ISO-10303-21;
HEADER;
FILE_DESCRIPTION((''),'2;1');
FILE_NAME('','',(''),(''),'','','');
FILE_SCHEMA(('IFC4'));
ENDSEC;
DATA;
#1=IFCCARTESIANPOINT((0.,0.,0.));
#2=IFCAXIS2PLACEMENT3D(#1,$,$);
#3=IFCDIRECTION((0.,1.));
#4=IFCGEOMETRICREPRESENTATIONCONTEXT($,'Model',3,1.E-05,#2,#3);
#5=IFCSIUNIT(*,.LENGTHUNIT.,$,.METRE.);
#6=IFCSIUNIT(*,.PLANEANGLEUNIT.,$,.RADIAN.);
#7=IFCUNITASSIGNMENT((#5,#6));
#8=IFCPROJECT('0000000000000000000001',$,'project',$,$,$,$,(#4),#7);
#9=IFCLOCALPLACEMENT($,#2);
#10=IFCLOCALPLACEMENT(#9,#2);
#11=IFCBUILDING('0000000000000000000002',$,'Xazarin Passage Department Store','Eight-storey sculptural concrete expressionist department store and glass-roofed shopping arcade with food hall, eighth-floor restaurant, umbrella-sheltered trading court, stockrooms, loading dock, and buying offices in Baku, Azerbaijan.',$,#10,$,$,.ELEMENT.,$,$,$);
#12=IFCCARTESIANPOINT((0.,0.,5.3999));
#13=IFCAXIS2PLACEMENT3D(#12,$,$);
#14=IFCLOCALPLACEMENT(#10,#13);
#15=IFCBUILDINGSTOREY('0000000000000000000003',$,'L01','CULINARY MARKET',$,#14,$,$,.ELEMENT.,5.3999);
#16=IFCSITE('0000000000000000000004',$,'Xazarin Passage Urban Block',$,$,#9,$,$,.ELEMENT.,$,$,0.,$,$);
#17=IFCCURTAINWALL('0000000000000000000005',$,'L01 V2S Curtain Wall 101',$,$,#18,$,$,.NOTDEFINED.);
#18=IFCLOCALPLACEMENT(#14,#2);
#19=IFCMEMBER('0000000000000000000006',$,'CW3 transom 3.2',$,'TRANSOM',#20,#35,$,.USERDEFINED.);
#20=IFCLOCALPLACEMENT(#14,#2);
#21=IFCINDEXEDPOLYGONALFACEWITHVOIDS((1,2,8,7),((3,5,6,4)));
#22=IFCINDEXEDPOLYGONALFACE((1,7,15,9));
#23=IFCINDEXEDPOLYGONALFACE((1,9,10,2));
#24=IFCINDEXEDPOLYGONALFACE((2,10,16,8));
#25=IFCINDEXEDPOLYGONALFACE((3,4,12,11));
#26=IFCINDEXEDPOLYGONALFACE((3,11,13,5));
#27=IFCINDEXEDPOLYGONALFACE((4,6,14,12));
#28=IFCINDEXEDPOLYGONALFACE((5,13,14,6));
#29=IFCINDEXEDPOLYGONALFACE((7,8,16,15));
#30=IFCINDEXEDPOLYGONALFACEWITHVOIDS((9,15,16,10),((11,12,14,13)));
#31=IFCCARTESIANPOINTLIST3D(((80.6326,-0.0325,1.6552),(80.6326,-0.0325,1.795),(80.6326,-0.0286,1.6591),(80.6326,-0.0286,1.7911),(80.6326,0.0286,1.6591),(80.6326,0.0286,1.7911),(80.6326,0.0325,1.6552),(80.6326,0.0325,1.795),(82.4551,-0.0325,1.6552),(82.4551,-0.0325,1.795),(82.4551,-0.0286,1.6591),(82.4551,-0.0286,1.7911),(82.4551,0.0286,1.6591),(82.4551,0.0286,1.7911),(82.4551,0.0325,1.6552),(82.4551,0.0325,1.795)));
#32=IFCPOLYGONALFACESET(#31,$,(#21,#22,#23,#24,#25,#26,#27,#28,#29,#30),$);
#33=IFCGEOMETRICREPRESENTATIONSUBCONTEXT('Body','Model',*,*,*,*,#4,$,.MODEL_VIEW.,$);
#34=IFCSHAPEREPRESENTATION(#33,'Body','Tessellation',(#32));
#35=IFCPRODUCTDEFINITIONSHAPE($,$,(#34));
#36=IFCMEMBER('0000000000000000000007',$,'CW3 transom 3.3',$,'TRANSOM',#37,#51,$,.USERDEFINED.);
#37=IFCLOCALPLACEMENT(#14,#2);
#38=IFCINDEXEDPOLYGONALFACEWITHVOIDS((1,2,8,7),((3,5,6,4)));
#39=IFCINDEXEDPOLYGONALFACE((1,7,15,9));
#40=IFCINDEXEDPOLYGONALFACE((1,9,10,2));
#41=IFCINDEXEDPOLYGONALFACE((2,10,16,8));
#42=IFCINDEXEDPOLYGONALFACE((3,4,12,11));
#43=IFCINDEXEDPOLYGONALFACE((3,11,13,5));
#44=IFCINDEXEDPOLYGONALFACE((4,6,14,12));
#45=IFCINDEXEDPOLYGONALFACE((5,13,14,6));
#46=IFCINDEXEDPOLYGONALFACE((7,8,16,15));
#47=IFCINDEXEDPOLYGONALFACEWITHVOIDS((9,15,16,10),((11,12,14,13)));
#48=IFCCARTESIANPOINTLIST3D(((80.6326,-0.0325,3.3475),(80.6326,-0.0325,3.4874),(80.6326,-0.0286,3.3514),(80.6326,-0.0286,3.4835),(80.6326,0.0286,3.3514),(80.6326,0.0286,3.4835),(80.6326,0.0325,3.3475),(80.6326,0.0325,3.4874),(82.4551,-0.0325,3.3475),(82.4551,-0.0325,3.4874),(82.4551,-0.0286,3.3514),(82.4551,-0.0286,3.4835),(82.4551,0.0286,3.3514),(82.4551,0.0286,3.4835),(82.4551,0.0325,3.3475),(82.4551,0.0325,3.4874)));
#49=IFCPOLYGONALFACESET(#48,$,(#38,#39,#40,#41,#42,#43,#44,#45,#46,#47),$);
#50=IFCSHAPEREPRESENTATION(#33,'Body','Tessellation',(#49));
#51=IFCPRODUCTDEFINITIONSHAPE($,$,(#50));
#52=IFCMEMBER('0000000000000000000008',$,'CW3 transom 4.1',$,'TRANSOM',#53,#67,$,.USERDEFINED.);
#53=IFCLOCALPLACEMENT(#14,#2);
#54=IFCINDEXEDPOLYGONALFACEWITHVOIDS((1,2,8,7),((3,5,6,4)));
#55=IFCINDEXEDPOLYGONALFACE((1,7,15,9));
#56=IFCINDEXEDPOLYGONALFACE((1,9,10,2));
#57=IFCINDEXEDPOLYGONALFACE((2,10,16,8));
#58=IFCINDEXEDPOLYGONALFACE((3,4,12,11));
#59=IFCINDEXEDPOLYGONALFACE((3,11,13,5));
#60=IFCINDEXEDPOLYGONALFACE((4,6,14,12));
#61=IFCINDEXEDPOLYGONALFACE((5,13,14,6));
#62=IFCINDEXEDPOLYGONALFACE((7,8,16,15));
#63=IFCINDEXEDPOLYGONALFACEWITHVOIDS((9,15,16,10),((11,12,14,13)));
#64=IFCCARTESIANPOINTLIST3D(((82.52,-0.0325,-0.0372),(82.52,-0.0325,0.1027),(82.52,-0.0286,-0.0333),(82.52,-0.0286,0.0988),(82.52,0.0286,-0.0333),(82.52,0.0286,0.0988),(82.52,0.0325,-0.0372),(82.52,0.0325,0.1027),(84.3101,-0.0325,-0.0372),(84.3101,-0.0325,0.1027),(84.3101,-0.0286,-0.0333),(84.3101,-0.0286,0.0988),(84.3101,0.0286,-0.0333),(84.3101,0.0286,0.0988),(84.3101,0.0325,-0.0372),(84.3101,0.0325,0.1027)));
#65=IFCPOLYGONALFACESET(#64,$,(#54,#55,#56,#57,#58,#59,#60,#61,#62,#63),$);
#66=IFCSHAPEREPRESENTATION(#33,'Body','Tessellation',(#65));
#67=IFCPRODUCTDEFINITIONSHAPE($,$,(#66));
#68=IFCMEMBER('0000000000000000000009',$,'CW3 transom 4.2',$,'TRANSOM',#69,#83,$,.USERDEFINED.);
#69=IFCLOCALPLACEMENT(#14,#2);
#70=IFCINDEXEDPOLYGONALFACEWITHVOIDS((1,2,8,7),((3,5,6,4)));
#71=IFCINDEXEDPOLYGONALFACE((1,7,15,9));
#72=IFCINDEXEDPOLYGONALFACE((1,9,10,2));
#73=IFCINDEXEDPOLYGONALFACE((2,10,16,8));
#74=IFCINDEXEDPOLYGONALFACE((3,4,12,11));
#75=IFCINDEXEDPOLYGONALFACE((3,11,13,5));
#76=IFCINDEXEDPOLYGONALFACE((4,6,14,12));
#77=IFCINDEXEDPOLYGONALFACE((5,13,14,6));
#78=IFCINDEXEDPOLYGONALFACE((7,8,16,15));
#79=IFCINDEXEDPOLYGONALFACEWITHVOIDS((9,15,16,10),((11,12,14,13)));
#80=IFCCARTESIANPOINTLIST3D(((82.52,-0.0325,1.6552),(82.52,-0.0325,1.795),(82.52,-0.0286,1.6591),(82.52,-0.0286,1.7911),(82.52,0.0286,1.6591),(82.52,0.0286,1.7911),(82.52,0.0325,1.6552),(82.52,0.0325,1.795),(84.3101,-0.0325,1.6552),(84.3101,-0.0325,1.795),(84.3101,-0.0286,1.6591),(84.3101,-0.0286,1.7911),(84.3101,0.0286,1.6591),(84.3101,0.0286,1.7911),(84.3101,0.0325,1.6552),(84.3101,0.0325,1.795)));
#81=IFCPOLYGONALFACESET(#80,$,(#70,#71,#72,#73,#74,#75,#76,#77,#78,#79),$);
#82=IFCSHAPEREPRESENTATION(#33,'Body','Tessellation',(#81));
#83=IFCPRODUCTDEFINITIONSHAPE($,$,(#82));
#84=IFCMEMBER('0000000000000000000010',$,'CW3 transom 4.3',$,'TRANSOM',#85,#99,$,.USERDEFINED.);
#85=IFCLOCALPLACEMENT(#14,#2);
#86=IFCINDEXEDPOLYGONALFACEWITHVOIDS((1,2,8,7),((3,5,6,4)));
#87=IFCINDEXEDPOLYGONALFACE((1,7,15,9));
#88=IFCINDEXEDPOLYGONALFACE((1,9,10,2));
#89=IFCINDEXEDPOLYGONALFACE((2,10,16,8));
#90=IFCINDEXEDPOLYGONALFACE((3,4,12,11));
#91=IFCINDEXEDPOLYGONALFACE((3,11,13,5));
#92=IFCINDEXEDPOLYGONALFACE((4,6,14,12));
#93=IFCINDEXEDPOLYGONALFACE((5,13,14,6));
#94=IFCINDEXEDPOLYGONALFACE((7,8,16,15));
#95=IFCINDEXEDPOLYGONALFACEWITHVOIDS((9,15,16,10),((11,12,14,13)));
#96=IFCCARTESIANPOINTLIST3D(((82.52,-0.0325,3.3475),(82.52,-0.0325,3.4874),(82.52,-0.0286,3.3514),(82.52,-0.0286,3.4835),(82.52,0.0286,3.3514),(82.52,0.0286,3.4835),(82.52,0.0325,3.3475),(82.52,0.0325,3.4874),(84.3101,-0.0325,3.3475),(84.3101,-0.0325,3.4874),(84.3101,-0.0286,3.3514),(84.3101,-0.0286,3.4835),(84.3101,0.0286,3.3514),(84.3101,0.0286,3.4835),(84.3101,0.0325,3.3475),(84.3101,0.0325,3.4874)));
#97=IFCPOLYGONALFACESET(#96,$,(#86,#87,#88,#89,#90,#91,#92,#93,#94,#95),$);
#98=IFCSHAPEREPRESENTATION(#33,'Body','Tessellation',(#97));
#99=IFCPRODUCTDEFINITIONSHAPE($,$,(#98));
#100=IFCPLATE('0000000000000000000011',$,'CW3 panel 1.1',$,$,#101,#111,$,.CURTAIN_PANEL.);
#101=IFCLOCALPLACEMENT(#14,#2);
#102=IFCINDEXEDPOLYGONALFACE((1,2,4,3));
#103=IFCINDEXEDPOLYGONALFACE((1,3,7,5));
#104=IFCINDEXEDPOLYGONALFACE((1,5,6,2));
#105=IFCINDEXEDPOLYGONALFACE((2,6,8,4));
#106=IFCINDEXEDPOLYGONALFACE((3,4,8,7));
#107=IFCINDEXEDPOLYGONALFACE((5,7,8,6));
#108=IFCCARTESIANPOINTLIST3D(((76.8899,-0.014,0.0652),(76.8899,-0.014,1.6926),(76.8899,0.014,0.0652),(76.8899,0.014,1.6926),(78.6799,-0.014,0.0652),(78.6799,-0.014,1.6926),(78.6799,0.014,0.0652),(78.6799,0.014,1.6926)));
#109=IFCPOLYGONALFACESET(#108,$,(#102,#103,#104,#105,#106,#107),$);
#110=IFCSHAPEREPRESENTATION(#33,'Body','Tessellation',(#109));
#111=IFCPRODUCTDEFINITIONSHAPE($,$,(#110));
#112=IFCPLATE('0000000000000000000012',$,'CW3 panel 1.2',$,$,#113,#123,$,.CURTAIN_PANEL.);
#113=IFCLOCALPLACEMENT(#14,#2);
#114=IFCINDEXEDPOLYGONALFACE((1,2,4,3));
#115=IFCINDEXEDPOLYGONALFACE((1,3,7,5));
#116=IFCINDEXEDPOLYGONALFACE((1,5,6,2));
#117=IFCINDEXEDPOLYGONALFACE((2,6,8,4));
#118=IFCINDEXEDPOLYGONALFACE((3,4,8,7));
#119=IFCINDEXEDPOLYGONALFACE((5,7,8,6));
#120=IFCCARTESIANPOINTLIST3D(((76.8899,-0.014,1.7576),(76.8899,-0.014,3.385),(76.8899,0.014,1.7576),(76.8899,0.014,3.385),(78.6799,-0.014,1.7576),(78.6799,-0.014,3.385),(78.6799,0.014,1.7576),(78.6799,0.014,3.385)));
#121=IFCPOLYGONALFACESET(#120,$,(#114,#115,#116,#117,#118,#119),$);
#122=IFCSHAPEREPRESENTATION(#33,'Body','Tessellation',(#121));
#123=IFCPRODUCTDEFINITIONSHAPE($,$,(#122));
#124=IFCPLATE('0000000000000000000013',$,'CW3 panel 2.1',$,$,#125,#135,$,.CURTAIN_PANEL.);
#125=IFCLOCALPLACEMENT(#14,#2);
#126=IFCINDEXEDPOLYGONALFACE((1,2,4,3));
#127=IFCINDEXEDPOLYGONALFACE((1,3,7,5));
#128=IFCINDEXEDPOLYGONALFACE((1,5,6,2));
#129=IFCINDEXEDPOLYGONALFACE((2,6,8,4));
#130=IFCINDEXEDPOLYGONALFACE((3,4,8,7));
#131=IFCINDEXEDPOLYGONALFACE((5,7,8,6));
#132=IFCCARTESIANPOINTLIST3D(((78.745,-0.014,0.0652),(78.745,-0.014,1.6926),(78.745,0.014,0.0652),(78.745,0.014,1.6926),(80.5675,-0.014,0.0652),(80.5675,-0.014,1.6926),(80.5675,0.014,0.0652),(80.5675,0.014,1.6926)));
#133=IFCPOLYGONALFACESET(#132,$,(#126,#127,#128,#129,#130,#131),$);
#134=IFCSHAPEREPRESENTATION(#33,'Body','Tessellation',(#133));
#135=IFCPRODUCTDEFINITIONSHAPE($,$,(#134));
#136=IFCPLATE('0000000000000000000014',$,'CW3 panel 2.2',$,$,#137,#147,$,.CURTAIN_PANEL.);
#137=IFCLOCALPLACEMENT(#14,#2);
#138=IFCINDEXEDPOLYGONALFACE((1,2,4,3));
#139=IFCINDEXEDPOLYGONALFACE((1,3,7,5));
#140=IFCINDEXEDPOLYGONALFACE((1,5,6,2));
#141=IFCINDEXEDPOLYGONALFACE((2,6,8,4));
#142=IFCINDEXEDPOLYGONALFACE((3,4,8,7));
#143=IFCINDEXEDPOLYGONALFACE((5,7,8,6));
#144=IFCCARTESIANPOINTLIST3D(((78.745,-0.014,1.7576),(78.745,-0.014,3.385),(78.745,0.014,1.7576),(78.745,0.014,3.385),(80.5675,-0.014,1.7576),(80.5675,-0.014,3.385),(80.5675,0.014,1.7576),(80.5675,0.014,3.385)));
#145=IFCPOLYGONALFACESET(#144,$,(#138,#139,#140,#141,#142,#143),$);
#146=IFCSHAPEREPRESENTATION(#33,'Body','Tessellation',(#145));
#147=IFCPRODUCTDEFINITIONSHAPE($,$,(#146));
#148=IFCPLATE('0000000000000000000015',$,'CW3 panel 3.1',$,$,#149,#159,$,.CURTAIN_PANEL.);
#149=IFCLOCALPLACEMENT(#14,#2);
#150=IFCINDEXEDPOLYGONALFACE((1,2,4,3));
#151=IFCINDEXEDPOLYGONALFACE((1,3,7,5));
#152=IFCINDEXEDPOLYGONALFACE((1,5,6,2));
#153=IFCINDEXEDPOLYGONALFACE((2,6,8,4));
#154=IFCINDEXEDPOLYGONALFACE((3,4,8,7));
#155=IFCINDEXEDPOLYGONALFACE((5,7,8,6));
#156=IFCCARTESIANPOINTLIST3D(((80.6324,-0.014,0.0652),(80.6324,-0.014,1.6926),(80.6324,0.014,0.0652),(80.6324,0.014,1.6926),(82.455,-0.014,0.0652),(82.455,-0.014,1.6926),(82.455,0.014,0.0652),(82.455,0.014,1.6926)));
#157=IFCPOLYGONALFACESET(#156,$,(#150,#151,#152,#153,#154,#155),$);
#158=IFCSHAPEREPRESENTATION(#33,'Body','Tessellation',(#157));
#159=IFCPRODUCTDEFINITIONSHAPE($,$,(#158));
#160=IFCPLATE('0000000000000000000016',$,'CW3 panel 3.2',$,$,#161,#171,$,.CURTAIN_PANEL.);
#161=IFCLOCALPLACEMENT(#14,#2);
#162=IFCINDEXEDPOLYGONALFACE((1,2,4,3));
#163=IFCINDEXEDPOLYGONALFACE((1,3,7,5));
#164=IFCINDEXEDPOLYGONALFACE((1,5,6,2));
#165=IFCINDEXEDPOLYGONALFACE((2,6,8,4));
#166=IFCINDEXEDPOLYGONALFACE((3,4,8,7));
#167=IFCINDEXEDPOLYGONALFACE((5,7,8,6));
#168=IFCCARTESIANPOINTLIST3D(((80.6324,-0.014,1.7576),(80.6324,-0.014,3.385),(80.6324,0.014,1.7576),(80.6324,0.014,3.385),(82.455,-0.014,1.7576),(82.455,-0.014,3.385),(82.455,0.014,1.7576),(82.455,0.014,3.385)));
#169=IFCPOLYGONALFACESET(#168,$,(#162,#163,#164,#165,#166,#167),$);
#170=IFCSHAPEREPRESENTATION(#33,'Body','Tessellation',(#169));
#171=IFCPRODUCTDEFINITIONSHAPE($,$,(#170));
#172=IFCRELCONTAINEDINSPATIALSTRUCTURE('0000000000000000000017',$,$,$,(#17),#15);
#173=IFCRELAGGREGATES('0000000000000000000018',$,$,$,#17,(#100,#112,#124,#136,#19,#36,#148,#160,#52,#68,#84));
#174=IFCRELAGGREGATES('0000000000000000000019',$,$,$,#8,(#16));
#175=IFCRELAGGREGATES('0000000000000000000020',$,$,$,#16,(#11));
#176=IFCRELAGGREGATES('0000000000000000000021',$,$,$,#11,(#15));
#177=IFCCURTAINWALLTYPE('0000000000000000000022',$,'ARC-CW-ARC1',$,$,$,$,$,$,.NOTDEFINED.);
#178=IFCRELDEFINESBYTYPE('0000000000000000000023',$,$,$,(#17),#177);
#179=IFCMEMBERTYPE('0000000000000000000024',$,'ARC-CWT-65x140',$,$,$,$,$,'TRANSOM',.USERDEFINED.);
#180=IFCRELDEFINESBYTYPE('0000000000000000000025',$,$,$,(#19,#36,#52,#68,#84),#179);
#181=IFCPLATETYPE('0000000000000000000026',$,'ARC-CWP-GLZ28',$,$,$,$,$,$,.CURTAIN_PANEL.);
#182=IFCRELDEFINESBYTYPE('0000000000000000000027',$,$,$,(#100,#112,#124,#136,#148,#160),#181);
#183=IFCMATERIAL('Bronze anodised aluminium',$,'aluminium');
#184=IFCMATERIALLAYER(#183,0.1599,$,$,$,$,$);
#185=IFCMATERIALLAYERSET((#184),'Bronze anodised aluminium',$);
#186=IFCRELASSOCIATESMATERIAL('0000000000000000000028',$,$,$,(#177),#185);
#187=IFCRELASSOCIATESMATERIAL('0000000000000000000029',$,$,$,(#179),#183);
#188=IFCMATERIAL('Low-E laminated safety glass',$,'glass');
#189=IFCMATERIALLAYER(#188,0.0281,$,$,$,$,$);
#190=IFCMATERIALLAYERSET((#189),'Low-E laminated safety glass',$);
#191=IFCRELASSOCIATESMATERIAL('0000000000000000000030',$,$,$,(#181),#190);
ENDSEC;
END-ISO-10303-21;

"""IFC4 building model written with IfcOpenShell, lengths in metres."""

from ifc_helpers import new_model, si_unit, direction, frame, origin, origin_2d, place, context, subcontext, project, spatial, rectangle, hollow_rectangle, extrude, material, layer, layer_set, material_profile, profile_set, type_object, element, aggregate, save


model = new_model("IFC4")

# Units and contexts
model_context = context("Model", 3, precision=1e-05, world=origin(), true_north=direction((0.0, 1.0)))
body_context = subcontext(model_context, "Body", "Model", "MODEL_VIEW")
ifc_project = project(units=[si_unit("LENGTHUNIT", "METRE"), si_unit("PLANEANGLEUNIT", "RADIAN")], contexts=[model_context])

# Site, building, storey
site_placement = place(None, origin())
site = spatial("IfcSite", under=ifc_project, at=site_placement, Name="Xazarin Passage Urban Block", CompositionType="ELEMENT", RefElevation=0.0)
building_placement = place(site_placement, origin())
building = spatial("IfcBuilding", under=site, at=building_placement, Name="Xazarin Passage Department Store", Description="Eight-storey sculptural concrete expressionist department store and glass-roofed shopping arcade with food hall, eighth-floor restaurant, umbrella-sheltered trading court, stockrooms, loading dock, and buying offices in Baku, Azerbaijan.", CompositionType="ELEMENT")
storey_placement = place(building_placement, frame((0.0, 0.0, 5.3999)))
storey = spatial("IfcBuildingStorey", under=building, at=storey_placement, Name="L01", Description="CULINARY MARKET", CompositionType="ELEMENT", Elevation=5.3999)

# Curtain wall, members, plates
ifc_material_1 = material(Name="Bronze anodised aluminium", Category="aluminium")
ifc_layer_1 = layer(ifc_material_1, 0.1599)
ifc_layer_set_1 = layer_set([ifc_layer_1], Name="Bronze anodised aluminium")
curtain_wall_type = type_object("IfcCurtainWallType", Name="ARC-CW-ARC1", PredefinedType="NOTDEFINED", material=ifc_layer_set_1)
curtain_wall_placement = place(storey_placement, origin())
curtain_wall = element("IfcCurtainWall", 1, at=curtain_wall_placement, inside=storey, type_object=curtain_wall_type, Name="L01 V2S Curtain Wall 101", PredefinedType="NOTDEFINED")
ifc_material_profile_1 = material_profile(ifc_material_1, hollow_rectangle(XDim=0.0649, YDim=0.1399, WallThickness=0.0039, at=origin_2d()), Name="ALU 65x140")
ifc_profile_set_1 = profile_set([ifc_material_profile_1], Name="Bronze anodised aluminium")
member_type_1 = type_object("IfcMemberType", Name="ARC-CWT-65x140", ElementType="TRANSOM", PredefinedType="USERDEFINED", material=ifc_profile_set_1)
member_1_placement = place(storey_placement, frame((80.6326, 0.0, 1.7251), z_axis=(1.0, 0.0, 0.0), x_axis=(0.0, 1.0, 0.0)))
member_1 = element("IfcMember", 2, at=member_1_placement, type_object=member_type_1, Name="CW3 transom 3.2", ObjectType="TRANSOM", PredefinedType="USERDEFINED", context=body_context, shape_type="SweptSolid", body=[
    extrude(hollow_rectangle(XDim=0.0649, YDim=0.1399, WallThickness=0.0039, at=origin_2d()), origin(), (0.0, 0.0, 1.0), 1.8225),
])
member_2_placement = place(storey_placement, frame((80.6326, 0.0, 3.4175), z_axis=(1.0, 0.0, 0.0), x_axis=(0.0, 1.0, 0.0)))
member_2 = element("IfcMember", 3, at=member_2_placement, type_object=member_type_1, Name="CW3 transom 3.3", ObjectType="TRANSOM", PredefinedType="USERDEFINED", context=body_context, shape_type="SweptSolid", body=[
    extrude(hollow_rectangle(XDim=0.0649, YDim=0.1399, WallThickness=0.0039, at=origin_2d()), origin(), (0.0, 0.0, 1.0), 1.8225),
])
member_3_placement = place(storey_placement, frame((82.52, 0.0, 0.0327), z_axis=(1.0, 0.0, 0.0), x_axis=(0.0, 1.0, 0.0)))
member_3 = element("IfcMember", 4, at=member_3_placement, type_object=member_type_1, Name="CW3 transom 4.1", ObjectType="TRANSOM", PredefinedType="USERDEFINED", context=body_context, shape_type="SweptSolid", body=[
    extrude(hollow_rectangle(XDim=0.0649, YDim=0.1399, WallThickness=0.0039, at=origin_2d()), origin(), (0.0, 0.0, 1.0), 1.79),
])
member_4_placement = place(storey_placement, frame((82.52, 0.0, 1.7251), z_axis=(1.0, 0.0, 0.0), x_axis=(0.0, 1.0, 0.0)))
member_4 = element("IfcMember", 5, at=member_4_placement, type_object=member_type_1, Name="CW3 transom 4.2", ObjectType="TRANSOM", PredefinedType="USERDEFINED", context=body_context, shape_type="SweptSolid", body=[
    extrude(hollow_rectangle(XDim=0.0649, YDim=0.1399, WallThickness=0.0039, at=origin_2d()), origin(), (0.0, 0.0, 1.0), 1.79),
])
member_5_placement = place(storey_placement, frame((82.52, 0.0, 3.4175), z_axis=(1.0, 0.0, 0.0), x_axis=(0.0, 1.0, 0.0)))
member_5 = element("IfcMember", 6, at=member_5_placement, type_object=member_type_1, Name="CW3 transom 4.3", ObjectType="TRANSOM", PredefinedType="USERDEFINED", context=body_context, shape_type="SweptSolid", body=[
    extrude(hollow_rectangle(XDim=0.0649, YDim=0.1399, WallThickness=0.0039, at=origin_2d()), origin(), (0.0, 0.0, 1.0), 1.79),
])
ifc_material_2 = material(Name="Low-E laminated safety glass", Category="glass")
ifc_layer_2 = layer(ifc_material_2, 0.0281)
ifc_layer_set_2 = layer_set([ifc_layer_2], Name="Low-E laminated safety glass")
plate_type = type_object("IfcPlateType", Name="ARC-CWP-GLZ28", PredefinedType="CURTAIN_PANEL", material=ifc_layer_set_2)
plate_1_placement = place(storey_placement, frame((77.7849, 0.0, 0.0652), z_axis=(0.0, 0.0, 1.0), x_axis=(1.0, 0.0, 0.0)))
plate_1 = element("IfcPlate", 7, at=plate_1_placement, type_object=plate_type, Name="CW3 panel 1.1", PredefinedType="CURTAIN_PANEL", context=body_context, shape_type="SweptSolid", body=[
    extrude(rectangle(XDim=1.79, YDim=0.0281, at=origin_2d()), origin(), (0.0, 0.0, 1.0), 1.6274),
])
plate_2_placement = place(storey_placement, frame((77.7849, 0.0, 1.7576), z_axis=(0.0, 0.0, 1.0), x_axis=(1.0, 0.0, 0.0)))
plate_2 = element("IfcPlate", 8, at=plate_2_placement, type_object=plate_type, Name="CW3 panel 1.2", PredefinedType="CURTAIN_PANEL", context=body_context, shape_type="SweptSolid", body=[
    extrude(rectangle(XDim=1.79, YDim=0.0281, at=origin_2d()), origin(), (0.0, 0.0, 1.0), 1.6274),
])
plate_3_placement = place(storey_placement, frame((79.6562, 0.0, 0.0652), z_axis=(0.0, 0.0, 1.0), x_axis=(1.0, 0.0, 0.0)))
plate_3 = element("IfcPlate", 9, at=plate_3_placement, type_object=plate_type, Name="CW3 panel 2.1", PredefinedType="CURTAIN_PANEL", context=body_context, shape_type="SweptSolid", body=[
    extrude(rectangle(XDim=1.8225, YDim=0.0281, at=origin_2d()), origin(), (0.0, 0.0, 1.0), 1.6274),
])
plate_4_placement = place(storey_placement, frame((79.6562, 0.0, 1.7576), z_axis=(0.0, 0.0, 1.0), x_axis=(1.0, 0.0, 0.0)))
plate_4 = element("IfcPlate", 10, at=plate_4_placement, type_object=plate_type, Name="CW3 panel 2.2", PredefinedType="CURTAIN_PANEL", context=body_context, shape_type="SweptSolid", body=[
    extrude(rectangle(XDim=1.8225, YDim=0.0281, at=origin_2d()), origin(), (0.0, 0.0, 1.0), 1.6274),
])
plate_5_placement = place(storey_placement, frame((81.5437, 0.0, 0.0652), z_axis=(0.0, 0.0, 1.0), x_axis=(1.0, 0.0, 0.0)))
plate_5 = element("IfcPlate", 11, at=plate_5_placement, type_object=plate_type, Name="CW3 panel 3.1", PredefinedType="CURTAIN_PANEL", context=body_context, shape_type="SweptSolid", body=[
    extrude(rectangle(XDim=1.8225, YDim=0.0281, at=origin_2d()), origin(), (0.0, 0.0, 1.0), 1.6274),
])
plate_6_placement = place(storey_placement, frame((81.5437, 0.0, 1.7576), z_axis=(0.0, 0.0, 1.0), x_axis=(1.0, 0.0, 0.0)))
plate_6 = element("IfcPlate", 12, at=plate_6_placement, type_object=plate_type, Name="CW3 panel 3.2", PredefinedType="CURTAIN_PANEL", context=body_context, shape_type="SweptSolid", body=[
    extrude(rectangle(XDim=1.8225, YDim=0.0281, at=origin_2d()), origin(), (0.0, 0.0, 1.0), 1.6274),
])
aggregate(curtain_wall, [plate_1, plate_2, plate_3, plate_4, member_1, member_2, plate_5, plate_6, member_3, member_4, member_5])

save(model, "model.ifc")
